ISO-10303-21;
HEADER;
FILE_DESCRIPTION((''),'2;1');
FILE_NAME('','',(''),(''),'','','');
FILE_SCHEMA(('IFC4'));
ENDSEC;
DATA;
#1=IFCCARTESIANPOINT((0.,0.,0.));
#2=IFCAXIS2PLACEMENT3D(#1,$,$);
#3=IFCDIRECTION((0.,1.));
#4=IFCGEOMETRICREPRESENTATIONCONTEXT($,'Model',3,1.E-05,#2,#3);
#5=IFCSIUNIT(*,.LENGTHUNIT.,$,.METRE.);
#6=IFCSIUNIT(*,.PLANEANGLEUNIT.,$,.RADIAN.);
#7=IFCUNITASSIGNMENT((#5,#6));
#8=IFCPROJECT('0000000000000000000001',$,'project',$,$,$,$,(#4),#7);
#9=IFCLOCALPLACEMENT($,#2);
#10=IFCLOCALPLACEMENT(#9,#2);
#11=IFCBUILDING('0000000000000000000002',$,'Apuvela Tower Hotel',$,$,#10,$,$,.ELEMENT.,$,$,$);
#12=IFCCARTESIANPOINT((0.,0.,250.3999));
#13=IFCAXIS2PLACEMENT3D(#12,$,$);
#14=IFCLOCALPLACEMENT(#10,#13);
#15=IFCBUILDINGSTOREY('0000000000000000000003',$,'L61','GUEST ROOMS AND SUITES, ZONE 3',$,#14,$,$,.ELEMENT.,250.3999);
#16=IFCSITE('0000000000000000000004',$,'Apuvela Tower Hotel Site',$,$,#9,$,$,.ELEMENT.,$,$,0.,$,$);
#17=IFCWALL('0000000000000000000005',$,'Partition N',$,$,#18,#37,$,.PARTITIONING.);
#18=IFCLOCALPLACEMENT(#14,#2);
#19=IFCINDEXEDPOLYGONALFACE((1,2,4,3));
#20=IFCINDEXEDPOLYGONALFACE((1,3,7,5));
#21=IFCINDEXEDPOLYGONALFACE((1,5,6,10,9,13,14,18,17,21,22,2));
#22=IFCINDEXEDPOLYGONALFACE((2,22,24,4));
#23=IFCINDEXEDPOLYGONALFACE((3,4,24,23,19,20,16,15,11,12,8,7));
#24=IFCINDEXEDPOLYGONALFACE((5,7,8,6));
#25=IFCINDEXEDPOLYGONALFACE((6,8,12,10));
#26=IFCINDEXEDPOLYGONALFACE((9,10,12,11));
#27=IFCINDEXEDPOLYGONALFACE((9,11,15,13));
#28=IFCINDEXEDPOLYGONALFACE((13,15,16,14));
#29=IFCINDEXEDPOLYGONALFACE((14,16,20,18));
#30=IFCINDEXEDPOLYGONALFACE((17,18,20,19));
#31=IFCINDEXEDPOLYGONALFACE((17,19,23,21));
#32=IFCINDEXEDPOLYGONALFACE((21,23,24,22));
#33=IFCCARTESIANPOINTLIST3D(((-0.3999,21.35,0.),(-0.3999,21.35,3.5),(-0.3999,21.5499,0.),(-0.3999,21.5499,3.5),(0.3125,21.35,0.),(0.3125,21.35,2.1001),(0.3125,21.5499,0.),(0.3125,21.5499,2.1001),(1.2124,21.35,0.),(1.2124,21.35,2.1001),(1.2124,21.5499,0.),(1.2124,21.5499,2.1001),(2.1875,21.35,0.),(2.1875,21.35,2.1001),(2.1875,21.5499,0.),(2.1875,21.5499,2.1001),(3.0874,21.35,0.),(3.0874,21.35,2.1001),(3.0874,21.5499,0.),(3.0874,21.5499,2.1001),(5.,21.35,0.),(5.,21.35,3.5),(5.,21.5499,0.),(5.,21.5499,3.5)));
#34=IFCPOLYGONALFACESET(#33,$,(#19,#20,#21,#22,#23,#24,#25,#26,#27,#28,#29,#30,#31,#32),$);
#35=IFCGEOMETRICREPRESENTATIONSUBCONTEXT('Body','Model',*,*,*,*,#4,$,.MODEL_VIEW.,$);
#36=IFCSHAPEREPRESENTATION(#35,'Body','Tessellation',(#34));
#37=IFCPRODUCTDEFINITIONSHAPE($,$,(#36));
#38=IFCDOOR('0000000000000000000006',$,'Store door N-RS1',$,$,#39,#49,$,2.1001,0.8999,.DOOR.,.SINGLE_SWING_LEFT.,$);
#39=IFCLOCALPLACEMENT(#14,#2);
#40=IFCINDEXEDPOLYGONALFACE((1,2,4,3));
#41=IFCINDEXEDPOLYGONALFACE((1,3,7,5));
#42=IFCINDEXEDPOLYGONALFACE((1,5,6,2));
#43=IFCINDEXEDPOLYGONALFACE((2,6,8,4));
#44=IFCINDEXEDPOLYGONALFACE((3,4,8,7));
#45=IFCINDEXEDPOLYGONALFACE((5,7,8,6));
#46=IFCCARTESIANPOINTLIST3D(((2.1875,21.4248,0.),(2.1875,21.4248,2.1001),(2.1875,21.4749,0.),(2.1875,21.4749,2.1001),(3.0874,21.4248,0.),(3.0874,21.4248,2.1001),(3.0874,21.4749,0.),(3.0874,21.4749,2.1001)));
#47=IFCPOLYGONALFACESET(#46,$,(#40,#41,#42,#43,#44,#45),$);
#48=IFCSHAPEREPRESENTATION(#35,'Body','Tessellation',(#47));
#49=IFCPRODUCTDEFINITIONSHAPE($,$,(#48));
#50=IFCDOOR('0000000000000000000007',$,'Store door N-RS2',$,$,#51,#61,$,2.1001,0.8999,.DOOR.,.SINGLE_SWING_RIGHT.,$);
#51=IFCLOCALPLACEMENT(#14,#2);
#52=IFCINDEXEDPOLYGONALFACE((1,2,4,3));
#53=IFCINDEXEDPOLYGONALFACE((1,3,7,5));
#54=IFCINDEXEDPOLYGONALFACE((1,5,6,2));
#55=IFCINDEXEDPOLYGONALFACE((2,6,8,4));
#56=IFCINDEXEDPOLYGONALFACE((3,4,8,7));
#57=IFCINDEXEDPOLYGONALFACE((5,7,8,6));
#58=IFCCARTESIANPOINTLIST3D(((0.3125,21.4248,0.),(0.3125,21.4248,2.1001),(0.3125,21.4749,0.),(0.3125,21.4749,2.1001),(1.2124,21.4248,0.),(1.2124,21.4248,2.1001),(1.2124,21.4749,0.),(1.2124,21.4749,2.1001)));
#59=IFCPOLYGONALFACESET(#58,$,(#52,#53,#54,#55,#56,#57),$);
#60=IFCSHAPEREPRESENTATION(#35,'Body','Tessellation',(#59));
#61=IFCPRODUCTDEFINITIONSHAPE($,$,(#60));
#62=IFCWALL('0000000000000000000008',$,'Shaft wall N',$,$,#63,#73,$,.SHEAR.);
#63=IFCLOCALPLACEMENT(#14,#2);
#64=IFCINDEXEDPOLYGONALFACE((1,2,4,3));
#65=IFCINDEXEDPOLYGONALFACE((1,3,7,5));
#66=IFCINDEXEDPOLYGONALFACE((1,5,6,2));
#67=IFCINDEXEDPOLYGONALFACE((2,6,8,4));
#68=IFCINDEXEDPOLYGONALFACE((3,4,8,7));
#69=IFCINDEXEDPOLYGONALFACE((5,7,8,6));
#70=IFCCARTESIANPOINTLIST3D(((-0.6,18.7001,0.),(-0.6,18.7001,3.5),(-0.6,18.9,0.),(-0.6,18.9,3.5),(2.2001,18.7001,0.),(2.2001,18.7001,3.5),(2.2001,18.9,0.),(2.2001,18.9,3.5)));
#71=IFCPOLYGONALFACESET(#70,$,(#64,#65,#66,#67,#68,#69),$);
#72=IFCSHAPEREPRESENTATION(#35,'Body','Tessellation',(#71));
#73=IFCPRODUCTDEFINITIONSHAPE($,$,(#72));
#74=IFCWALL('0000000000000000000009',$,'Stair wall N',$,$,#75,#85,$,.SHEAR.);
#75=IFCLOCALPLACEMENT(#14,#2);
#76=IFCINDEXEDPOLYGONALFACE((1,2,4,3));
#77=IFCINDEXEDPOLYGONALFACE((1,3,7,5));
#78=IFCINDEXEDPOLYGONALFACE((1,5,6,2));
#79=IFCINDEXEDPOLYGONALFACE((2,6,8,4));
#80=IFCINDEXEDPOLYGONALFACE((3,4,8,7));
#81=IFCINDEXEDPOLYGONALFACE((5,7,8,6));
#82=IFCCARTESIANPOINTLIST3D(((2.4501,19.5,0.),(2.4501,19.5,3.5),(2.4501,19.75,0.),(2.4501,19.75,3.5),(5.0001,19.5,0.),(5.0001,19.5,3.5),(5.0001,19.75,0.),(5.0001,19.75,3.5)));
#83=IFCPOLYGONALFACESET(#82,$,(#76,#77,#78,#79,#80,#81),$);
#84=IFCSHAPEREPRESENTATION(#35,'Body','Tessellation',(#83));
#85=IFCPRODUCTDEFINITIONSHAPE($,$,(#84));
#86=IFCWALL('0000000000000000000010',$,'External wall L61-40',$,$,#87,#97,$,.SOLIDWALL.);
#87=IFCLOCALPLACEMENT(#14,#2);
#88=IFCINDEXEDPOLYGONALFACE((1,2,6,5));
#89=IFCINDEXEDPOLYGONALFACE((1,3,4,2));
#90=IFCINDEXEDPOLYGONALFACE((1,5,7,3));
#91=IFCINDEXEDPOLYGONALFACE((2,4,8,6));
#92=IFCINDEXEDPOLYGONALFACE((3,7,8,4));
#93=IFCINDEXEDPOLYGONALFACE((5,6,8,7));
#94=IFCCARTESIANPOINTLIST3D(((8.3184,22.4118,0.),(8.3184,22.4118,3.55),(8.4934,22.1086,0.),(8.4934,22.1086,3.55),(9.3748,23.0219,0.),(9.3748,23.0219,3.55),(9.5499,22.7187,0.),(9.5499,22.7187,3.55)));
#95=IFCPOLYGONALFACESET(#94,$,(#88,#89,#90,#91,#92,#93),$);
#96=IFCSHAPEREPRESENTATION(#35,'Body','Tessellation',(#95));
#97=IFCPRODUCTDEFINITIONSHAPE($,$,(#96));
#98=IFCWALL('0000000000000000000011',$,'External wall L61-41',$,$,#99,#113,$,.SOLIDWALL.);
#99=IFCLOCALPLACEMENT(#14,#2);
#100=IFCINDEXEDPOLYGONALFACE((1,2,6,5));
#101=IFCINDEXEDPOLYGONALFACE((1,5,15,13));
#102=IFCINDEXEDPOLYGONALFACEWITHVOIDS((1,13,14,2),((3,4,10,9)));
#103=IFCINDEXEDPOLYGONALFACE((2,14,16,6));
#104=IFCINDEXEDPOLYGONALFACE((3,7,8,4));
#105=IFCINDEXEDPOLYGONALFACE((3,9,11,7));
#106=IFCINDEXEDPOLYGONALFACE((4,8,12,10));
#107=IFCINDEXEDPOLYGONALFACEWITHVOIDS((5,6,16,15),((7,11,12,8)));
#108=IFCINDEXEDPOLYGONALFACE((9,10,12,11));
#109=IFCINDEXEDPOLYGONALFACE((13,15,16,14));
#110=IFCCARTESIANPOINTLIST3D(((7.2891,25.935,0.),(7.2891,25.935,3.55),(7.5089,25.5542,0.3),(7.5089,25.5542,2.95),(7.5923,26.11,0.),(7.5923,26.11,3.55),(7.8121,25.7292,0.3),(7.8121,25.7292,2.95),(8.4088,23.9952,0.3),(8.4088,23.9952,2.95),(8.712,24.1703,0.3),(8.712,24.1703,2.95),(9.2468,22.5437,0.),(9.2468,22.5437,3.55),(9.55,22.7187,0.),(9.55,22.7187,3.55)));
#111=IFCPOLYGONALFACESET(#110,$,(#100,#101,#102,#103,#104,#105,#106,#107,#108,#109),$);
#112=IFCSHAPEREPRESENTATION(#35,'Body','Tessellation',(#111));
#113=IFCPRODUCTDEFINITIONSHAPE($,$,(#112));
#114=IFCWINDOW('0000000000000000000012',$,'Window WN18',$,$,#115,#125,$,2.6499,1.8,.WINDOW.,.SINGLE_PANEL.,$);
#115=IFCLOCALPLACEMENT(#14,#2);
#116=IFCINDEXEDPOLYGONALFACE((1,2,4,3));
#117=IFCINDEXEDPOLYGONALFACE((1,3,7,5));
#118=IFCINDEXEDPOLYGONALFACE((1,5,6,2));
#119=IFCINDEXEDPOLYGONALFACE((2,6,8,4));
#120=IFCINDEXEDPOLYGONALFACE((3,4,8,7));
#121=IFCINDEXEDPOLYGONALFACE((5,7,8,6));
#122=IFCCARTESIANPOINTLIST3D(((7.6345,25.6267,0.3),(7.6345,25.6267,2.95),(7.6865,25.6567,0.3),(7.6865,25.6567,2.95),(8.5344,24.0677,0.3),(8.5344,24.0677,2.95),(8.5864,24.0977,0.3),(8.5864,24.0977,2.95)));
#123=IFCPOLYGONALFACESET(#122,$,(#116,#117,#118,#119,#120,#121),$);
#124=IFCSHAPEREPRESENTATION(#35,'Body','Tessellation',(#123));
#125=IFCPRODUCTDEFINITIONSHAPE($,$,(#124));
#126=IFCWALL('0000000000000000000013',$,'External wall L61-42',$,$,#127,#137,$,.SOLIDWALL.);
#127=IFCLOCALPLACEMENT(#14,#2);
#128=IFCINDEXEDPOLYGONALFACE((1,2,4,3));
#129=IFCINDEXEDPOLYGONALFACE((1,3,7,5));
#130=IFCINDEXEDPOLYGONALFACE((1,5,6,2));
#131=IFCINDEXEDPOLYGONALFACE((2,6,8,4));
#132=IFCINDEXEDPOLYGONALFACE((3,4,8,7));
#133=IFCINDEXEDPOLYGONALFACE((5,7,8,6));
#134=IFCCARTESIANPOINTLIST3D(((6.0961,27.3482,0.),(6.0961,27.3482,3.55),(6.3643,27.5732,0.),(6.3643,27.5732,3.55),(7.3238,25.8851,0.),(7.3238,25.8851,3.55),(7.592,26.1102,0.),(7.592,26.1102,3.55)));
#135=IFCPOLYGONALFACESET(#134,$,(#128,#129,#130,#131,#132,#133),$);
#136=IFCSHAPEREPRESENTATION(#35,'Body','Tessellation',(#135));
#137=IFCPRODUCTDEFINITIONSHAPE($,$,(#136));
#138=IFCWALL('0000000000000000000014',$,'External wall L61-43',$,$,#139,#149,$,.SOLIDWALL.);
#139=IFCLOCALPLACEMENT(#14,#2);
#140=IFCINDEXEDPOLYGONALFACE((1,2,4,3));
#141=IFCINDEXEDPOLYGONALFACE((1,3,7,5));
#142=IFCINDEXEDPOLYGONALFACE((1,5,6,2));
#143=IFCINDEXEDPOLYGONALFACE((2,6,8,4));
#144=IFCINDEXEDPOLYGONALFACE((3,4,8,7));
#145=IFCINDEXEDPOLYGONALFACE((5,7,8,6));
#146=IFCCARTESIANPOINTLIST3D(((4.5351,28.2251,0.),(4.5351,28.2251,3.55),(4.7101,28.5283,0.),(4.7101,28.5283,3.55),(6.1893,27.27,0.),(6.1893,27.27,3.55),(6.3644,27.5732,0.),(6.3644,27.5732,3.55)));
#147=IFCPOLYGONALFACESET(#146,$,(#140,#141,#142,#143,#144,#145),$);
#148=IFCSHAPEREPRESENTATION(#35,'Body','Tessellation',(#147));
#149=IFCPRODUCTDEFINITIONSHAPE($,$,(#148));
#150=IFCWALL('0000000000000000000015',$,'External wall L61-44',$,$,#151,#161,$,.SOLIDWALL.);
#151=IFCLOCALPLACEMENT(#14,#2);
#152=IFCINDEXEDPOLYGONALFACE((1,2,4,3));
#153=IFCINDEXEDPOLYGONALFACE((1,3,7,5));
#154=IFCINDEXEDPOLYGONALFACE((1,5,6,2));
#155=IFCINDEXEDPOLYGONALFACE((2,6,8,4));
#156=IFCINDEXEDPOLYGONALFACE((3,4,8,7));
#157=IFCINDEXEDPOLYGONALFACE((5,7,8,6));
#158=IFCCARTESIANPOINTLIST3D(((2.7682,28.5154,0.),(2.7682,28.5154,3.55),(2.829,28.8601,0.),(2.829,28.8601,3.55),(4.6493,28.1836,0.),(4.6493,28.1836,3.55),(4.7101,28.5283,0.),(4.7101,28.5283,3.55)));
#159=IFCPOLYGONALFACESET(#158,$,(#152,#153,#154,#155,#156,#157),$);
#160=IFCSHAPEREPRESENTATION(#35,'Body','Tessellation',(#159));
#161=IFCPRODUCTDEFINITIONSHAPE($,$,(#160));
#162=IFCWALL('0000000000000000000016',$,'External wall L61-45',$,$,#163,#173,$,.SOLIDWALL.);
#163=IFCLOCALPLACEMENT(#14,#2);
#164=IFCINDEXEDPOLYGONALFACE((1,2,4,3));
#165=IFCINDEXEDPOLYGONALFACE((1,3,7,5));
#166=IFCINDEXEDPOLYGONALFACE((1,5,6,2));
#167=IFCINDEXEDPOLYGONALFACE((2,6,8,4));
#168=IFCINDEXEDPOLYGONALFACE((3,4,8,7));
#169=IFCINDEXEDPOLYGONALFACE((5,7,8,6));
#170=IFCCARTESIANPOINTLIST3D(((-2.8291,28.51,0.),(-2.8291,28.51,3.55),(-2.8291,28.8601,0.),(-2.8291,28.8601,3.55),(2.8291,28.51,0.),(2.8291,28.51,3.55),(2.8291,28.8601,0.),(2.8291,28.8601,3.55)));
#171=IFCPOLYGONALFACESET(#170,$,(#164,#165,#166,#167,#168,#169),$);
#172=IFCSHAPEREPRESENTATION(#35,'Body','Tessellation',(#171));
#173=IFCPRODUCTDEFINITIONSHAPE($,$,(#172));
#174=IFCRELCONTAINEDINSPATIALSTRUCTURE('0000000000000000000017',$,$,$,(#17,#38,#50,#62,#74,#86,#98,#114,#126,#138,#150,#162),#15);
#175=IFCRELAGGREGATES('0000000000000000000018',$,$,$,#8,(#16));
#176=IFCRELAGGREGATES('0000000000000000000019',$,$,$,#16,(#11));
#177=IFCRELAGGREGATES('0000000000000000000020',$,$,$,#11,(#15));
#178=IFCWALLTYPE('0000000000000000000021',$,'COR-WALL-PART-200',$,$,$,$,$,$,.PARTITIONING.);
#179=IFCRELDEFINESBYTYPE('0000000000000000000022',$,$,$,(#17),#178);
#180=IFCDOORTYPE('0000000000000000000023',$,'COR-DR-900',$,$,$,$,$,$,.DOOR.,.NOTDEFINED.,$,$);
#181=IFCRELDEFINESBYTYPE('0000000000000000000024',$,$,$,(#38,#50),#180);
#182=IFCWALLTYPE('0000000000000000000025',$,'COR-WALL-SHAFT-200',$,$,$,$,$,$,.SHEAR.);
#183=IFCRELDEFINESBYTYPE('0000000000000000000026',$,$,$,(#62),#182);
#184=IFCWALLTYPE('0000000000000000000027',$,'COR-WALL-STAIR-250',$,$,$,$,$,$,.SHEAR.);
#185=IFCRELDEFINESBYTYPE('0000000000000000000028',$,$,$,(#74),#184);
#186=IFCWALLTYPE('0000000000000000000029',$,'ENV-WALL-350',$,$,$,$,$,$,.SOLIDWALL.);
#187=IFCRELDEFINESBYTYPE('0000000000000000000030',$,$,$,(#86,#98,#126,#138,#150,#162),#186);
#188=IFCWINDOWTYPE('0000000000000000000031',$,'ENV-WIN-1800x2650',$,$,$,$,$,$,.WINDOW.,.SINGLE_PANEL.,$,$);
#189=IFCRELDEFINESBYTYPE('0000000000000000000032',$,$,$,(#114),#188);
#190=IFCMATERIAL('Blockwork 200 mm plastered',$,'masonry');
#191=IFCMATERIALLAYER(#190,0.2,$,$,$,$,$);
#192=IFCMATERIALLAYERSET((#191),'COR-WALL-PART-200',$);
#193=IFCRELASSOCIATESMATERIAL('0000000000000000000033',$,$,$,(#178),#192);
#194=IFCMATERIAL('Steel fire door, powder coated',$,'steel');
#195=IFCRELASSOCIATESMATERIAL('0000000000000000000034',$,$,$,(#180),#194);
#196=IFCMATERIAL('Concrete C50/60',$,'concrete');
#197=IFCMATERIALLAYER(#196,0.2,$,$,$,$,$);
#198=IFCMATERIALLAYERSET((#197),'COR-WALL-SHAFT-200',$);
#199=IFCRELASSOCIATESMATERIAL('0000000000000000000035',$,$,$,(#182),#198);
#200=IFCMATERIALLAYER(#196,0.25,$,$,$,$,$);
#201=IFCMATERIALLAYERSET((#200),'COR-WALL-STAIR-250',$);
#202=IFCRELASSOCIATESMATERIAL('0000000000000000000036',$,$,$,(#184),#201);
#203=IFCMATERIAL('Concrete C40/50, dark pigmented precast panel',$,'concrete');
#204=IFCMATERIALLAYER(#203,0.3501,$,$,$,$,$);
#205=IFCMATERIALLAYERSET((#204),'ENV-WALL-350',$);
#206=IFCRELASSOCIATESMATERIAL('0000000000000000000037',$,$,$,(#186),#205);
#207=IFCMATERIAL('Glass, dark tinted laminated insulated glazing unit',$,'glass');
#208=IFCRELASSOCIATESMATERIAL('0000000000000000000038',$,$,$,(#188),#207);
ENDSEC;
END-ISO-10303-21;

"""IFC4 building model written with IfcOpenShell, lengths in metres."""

from ifc_helpers import new_model, si_unit, direction, frame, frame_2d, origin, place, context, subcontext, project, spatial, rectangle, extrude, material, layer, layer_set, type_object, element, fill, save


model = new_model("IFC4")

# Units and contexts
model_context = context("Model", 3, precision=1e-05, world=origin(), true_north=direction((0.0, 1.0)))
body_context = subcontext(model_context, "Body", "Model", "MODEL_VIEW")
ifc_project = project(units=[si_unit("LENGTHUNIT", "METRE"), si_unit("PLANEANGLEUNIT", "RADIAN")], contexts=[model_context])

# Site, building, storey
site_placement = place(None, origin())
site = spatial("IfcSite", under=ifc_project, at=site_placement, Name="Apuvela Tower Hotel Site", CompositionType="ELEMENT", RefElevation=0.0)
building_placement = place(site_placement, origin())
building = spatial("IfcBuilding", under=site, at=building_placement, Name="Apuvela Tower Hotel", CompositionType="ELEMENT")
storey_placement = place(building_placement, frame((0.0, 0.0, 250.3999)))
storey = spatial("IfcBuildingStorey", under=building, at=storey_placement, Name="L61", Description="GUEST ROOMS AND SUITES, ZONE 3", CompositionType="ELEMENT", Elevation=250.3999)

# Wall, openings, doors
ifc_material_1 = material(Name="Blockwork 200 mm plastered", Category="masonry")
ifc_layer_1 = layer(ifc_material_1, 0.2)
ifc_layer_set_1 = layer_set([ifc_layer_1], Name="COR-WALL-PART-200")
wall_type_1 = type_object("IfcWallType", Name="COR-WALL-PART-200", PredefinedType="PARTITIONING", material=ifc_layer_set_1)
wall_1_placement = place(storey_placement, frame((5.0, 21.45, 0.0), z_axis=(0.0, 0.0, 1.0), x_axis=(-1.0, 0.0, 0.0)))
wall_1 = element("IfcWall", 1, at=wall_1_placement, inside=storey, type_object=wall_type_1, Name="Partition N", PredefinedType="PARTITIONING", context=body_context, shape_type="SweptSolid", body=[
    extrude(rectangle(XDim=5.3999, YDim=0.2, at=frame_2d((2.7, 0.0))), origin(), (0.0, 0.0, 1.0), 3.5),
])
opening_1_placement = place(wall_1_placement, frame((1.9126, 0.0, 0.0)))
opening_1 = element("IfcOpeningElement", 2, at=opening_1_placement, cuts=wall_1, PredefinedType="OPENING", context=body_context, shape_type="SweptSolid", body=[
    extrude(rectangle(XDim=0.8999, YDim=2.1001, at=frame_2d((0.45, 1.05))), frame((0.0, 0.1099, 0.0), z_axis=(0.0, -1.0, 0.0), x_axis=(1.0, 0.0, 0.0)), (0.0, 0.0, 1.0), 0.22),
])
opening_2_placement = place(wall_1_placement, frame((3.7876, 0.0, 0.0)))
opening_2 = element("IfcOpeningElement", 3, at=opening_2_placement, cuts=wall_1, PredefinedType="OPENING", context=body_context, shape_type="SweptSolid", body=[
    extrude(rectangle(XDim=0.8999, YDim=2.1001, at=frame_2d((0.45, 1.05))), frame((0.0, 0.1099, 0.0), z_axis=(0.0, -1.0, 0.0), x_axis=(1.0, 0.0, 0.0)), (0.0, 0.0, 1.0), 0.22),
])
ifc_material_2 = material(Name="Steel fire door, powder coated", Category="steel")
door_type_1 = type_object("IfcDoorType", Name="COR-DR-900", OperationType="NOTDEFINED", PredefinedType="DOOR", material=ifc_material_2)
door_1_placement = place(opening_1_placement, frame((0.8999, 0.0, 0.0), z_axis=(0.0, 0.0, 1.0), x_axis=(-1.0, 0.0, 0.0)))
door_1 = element("IfcDoor", 4, at=door_1_placement, inside=storey, type_object=door_type_1, Name="Store door N-RS1", OperationType="SINGLE_SWING_LEFT", OverallHeight=2.1001, OverallWidth=0.8999, PredefinedType="DOOR", context=body_context, shape_type="SweptSolid", body=[
    extrude(rectangle(XDim=0.8999, YDim=2.1001, at=frame_2d((0.45, 1.05))), frame((0.0, 0.0249, 0.0), z_axis=(0.0, -1.0, 0.0), x_axis=(1.0, 0.0, 0.0)), (0.0, 0.0, 1.0), 0.05),
])
fill(opening_1, door_1)
door_2_placement = place(opening_2_placement, frame((0.8999, 0.0, 0.0), z_axis=(0.0, 0.0, 1.0), x_axis=(-1.0, 0.0, 0.0)))
door_2 = element("IfcDoor", 5, at=door_2_placement, inside=storey, type_object=door_type_1, Name="Store door N-RS2", OperationType="SINGLE_SWING_RIGHT", OverallHeight=2.1001, OverallWidth=0.8999, PredefinedType="DOOR", context=body_context, shape_type="SweptSolid", body=[
    extrude(rectangle(XDim=0.8999, YDim=2.1001, at=frame_2d((0.45, 1.05))), frame((0.0, 0.0249, 0.0), z_axis=(0.0, -1.0, 0.0), x_axis=(1.0, 0.0, 0.0)), (0.0, 0.0, 1.0), 0.05),
])
fill(opening_2, door_2)

# Walls
ifc_material_3 = material(Name="Concrete C50/60", Category="concrete")
ifc_layer_2 = layer(ifc_material_3, 0.2)
ifc_layer_set_2 = layer_set([ifc_layer_2], Name="COR-WALL-SHAFT-200")
wall_type_2 = type_object("IfcWallType", Name="COR-WALL-SHAFT-200", PredefinedType="SHEAR", material=ifc_layer_set_2)
wall_2_placement = place(storey_placement, frame((2.2, 18.8, 0.0), z_axis=(0.0, 0.0, 1.0), x_axis=(-1.0, 0.0, 0.0)))
element("IfcWall", 6, at=wall_2_placement, inside=storey, type_object=wall_type_2, Name="Shaft wall N", PredefinedType="SHEAR", context=body_context, shape_type="SweptSolid", body=[
    extrude(rectangle(XDim=2.8, YDim=0.2, at=frame_2d((1.3999, 0.0))), origin(), (0.0, 0.0, 1.0), 3.5),
])
ifc_layer_3 = layer(ifc_material_3, 0.25)
ifc_layer_set_3 = layer_set([ifc_layer_3], Name="COR-WALL-STAIR-250")
wall_type_3 = type_object("IfcWallType", Name="COR-WALL-STAIR-250", PredefinedType="SHEAR", material=ifc_layer_set_3)
wall_3_placement = place(storey_placement, frame((5.0, 19.625, 0.0), z_axis=(0.0, 0.0, 1.0), x_axis=(-1.0, 0.0, 0.0)))
element("IfcWall", 7, at=wall_3_placement, inside=storey, type_object=wall_type_3, Name="Stair wall N", PredefinedType="SHEAR", context=body_context, shape_type="SweptSolid", body=[
    extrude(rectangle(XDim=2.55, YDim=0.25, at=frame_2d((1.2749, 0.0))), origin(), (0.0, 0.0, 1.0), 3.5),
])
ifc_material_4 = material(Name="Concrete C40/50, dark pigmented precast panel", Category="concrete")
ifc_layer_4 = layer(ifc_material_4, 0.3501)
ifc_layer_set_4 = layer_set([ifc_layer_4], Name="ENV-WALL-350")
wall_type_4 = type_object("IfcWallType", Name="ENV-WALL-350", PredefinedType="SOLIDWALL", material=ifc_layer_set_4)
wall_4_placement = place(storey_placement, frame((8.406, 22.2603, 0.0), z_axis=(0.0, 0.0, 1.0), x_axis=(0.865956, 0.500121, 0.0)))
element("IfcWall", 8, at=wall_4_placement, inside=storey, type_object=wall_type_4, Name="External wall L61-40", PredefinedType="SOLIDWALL", context=body_context, shape_type="SweptSolid", body=[
    extrude(rectangle(XDim=1.22, YDim=0.3501, at=frame_2d((0.6099, 0.0))), origin(), (0.0, 0.0, 1.0), 3.55),
])

# Wall, opening, window
wall_5_placement = place(storey_placement, frame((9.3984, 22.6311, 0.0), z_axis=(0.0, 0.0, 1.0), x_axis=(-0.499955, 0.866052, 0.0)))
wall_5 = element("IfcWall", 9, at=wall_5_placement, inside=storey, type_object=wall_type_4, Name="External wall L61-41", PredefinedType="SOLIDWALL", context=body_context, shape_type="SweptSolid", body=[
    extrude(rectangle(XDim=3.9158, YDim=0.3501, at=frame_2d((1.958, 0.0))), origin(), (0.0, 0.0, 1.0), 3.55),
])
opening_3_placement = place(wall_5_placement, frame((1.6763, 0.0, 0.3)))
opening_3 = element("IfcOpeningElement", 10, at=opening_3_placement, cuts=wall_5, PredefinedType="OPENING", context=body_context, shape_type="SweptSolid", body=[
    extrude(rectangle(XDim=1.8, YDim=2.6499, at=frame_2d((0.8999, 1.325))), frame((0.0, 0.1851, 0.0), z_axis=(0.0, -1.0, 0.0), x_axis=(1.0, 0.0, 0.0)), (0.0, 0.0, 1.0), 0.3701),
])
ifc_material_5 = material(Name="Glass, dark tinted laminated insulated glazing unit", Category="glass")
window_type = type_object("IfcWindowType", Name="ENV-WIN-1800x2650", PartitioningType="SINGLE_PANEL", PredefinedType="WINDOW", material=ifc_material_5)
window_placement = place(opening_3_placement, origin())
window = element("IfcWindow", 11, at=window_placement, inside=storey, type_object=window_type, Name="Window WN18", OverallHeight=2.6499, OverallWidth=1.8, PartitioningType="SINGLE_PANEL", PredefinedType="WINDOW", context=body_context, shape_type="SweptSolid", body=[
    extrude(rectangle(XDim=1.8, YDim=2.6499, at=frame_2d((0.8999, 1.325))), frame((0.0, 0.03, 0.0), z_axis=(0.0, -1.0, 0.0), x_axis=(1.0, 0.0, 0.0)), (0.0, 0.0, 1.0), 0.0601),
])
fill(opening_3, window)

# Walls
wall_6_placement = place(storey_placement, frame((7.458, 25.9976, 0.0), z_axis=(0.0, 0.0, 1.0), x_axis=(-0.642808, 0.766027, 0.0)))
element("IfcWall", 12, at=wall_6_placement, inside=storey, type_object=wall_type_4, Name="External wall L61-42", PredefinedType="SOLIDWALL", context=body_context, shape_type="SweptSolid", body=[
    extrude(rectangle(XDim=1.9099, YDim=0.3501, at=frame_2d((0.9551, 0.0))), origin(), (0.0, 0.0, 1.0), 3.55),
])
for number, where, z_axis, x_axis, name in (
    (13, (6.2769, 27.4216, 0.0), (0.0, 0.0, 1.0), (-0.866032, 0.499988, 0.0), "External wall L61-43"),
    (14, (4.6797, 28.356, 0.0), (0.0, 0.0, 1.0), (-0.984799, 0.173698, 0.0), "External wall L61-44"),
):
    element("IfcWall", number, at=place(storey_placement, frame(where, z_axis=z_axis, x_axis=x_axis)), inside=storey, type_object=wall_type_4, Name=name, PredefinedType="SOLIDWALL", context=body_context, shape_type="SweptSolid", body=[
        extrude(rectangle(XDim=1.9102, YDim=0.3501, at=frame_2d((0.9551, 0.0))), origin(), (0.0, 0.0, 1.0), 3.55),
    ])
wall_7_placement = place(storey_placement, frame((2.8291, 28.6851, 0.0), z_axis=(0.0, 0.0, 1.0), x_axis=(-1.0, 0.0, 0.0)))
element("IfcWall", 15, at=wall_7_placement, inside=storey, type_object=wall_type_4, Name="External wall L61-45", PredefinedType="SOLIDWALL", context=body_context, shape_type="SweptSolid", body=[
    extrude(rectangle(XDim=5.6582, YDim=0.3501, at=frame_2d((2.8291, 0.0))), origin(), (0.0, 0.0, 1.0), 3.55),
])

save(model, "model.ifc")
